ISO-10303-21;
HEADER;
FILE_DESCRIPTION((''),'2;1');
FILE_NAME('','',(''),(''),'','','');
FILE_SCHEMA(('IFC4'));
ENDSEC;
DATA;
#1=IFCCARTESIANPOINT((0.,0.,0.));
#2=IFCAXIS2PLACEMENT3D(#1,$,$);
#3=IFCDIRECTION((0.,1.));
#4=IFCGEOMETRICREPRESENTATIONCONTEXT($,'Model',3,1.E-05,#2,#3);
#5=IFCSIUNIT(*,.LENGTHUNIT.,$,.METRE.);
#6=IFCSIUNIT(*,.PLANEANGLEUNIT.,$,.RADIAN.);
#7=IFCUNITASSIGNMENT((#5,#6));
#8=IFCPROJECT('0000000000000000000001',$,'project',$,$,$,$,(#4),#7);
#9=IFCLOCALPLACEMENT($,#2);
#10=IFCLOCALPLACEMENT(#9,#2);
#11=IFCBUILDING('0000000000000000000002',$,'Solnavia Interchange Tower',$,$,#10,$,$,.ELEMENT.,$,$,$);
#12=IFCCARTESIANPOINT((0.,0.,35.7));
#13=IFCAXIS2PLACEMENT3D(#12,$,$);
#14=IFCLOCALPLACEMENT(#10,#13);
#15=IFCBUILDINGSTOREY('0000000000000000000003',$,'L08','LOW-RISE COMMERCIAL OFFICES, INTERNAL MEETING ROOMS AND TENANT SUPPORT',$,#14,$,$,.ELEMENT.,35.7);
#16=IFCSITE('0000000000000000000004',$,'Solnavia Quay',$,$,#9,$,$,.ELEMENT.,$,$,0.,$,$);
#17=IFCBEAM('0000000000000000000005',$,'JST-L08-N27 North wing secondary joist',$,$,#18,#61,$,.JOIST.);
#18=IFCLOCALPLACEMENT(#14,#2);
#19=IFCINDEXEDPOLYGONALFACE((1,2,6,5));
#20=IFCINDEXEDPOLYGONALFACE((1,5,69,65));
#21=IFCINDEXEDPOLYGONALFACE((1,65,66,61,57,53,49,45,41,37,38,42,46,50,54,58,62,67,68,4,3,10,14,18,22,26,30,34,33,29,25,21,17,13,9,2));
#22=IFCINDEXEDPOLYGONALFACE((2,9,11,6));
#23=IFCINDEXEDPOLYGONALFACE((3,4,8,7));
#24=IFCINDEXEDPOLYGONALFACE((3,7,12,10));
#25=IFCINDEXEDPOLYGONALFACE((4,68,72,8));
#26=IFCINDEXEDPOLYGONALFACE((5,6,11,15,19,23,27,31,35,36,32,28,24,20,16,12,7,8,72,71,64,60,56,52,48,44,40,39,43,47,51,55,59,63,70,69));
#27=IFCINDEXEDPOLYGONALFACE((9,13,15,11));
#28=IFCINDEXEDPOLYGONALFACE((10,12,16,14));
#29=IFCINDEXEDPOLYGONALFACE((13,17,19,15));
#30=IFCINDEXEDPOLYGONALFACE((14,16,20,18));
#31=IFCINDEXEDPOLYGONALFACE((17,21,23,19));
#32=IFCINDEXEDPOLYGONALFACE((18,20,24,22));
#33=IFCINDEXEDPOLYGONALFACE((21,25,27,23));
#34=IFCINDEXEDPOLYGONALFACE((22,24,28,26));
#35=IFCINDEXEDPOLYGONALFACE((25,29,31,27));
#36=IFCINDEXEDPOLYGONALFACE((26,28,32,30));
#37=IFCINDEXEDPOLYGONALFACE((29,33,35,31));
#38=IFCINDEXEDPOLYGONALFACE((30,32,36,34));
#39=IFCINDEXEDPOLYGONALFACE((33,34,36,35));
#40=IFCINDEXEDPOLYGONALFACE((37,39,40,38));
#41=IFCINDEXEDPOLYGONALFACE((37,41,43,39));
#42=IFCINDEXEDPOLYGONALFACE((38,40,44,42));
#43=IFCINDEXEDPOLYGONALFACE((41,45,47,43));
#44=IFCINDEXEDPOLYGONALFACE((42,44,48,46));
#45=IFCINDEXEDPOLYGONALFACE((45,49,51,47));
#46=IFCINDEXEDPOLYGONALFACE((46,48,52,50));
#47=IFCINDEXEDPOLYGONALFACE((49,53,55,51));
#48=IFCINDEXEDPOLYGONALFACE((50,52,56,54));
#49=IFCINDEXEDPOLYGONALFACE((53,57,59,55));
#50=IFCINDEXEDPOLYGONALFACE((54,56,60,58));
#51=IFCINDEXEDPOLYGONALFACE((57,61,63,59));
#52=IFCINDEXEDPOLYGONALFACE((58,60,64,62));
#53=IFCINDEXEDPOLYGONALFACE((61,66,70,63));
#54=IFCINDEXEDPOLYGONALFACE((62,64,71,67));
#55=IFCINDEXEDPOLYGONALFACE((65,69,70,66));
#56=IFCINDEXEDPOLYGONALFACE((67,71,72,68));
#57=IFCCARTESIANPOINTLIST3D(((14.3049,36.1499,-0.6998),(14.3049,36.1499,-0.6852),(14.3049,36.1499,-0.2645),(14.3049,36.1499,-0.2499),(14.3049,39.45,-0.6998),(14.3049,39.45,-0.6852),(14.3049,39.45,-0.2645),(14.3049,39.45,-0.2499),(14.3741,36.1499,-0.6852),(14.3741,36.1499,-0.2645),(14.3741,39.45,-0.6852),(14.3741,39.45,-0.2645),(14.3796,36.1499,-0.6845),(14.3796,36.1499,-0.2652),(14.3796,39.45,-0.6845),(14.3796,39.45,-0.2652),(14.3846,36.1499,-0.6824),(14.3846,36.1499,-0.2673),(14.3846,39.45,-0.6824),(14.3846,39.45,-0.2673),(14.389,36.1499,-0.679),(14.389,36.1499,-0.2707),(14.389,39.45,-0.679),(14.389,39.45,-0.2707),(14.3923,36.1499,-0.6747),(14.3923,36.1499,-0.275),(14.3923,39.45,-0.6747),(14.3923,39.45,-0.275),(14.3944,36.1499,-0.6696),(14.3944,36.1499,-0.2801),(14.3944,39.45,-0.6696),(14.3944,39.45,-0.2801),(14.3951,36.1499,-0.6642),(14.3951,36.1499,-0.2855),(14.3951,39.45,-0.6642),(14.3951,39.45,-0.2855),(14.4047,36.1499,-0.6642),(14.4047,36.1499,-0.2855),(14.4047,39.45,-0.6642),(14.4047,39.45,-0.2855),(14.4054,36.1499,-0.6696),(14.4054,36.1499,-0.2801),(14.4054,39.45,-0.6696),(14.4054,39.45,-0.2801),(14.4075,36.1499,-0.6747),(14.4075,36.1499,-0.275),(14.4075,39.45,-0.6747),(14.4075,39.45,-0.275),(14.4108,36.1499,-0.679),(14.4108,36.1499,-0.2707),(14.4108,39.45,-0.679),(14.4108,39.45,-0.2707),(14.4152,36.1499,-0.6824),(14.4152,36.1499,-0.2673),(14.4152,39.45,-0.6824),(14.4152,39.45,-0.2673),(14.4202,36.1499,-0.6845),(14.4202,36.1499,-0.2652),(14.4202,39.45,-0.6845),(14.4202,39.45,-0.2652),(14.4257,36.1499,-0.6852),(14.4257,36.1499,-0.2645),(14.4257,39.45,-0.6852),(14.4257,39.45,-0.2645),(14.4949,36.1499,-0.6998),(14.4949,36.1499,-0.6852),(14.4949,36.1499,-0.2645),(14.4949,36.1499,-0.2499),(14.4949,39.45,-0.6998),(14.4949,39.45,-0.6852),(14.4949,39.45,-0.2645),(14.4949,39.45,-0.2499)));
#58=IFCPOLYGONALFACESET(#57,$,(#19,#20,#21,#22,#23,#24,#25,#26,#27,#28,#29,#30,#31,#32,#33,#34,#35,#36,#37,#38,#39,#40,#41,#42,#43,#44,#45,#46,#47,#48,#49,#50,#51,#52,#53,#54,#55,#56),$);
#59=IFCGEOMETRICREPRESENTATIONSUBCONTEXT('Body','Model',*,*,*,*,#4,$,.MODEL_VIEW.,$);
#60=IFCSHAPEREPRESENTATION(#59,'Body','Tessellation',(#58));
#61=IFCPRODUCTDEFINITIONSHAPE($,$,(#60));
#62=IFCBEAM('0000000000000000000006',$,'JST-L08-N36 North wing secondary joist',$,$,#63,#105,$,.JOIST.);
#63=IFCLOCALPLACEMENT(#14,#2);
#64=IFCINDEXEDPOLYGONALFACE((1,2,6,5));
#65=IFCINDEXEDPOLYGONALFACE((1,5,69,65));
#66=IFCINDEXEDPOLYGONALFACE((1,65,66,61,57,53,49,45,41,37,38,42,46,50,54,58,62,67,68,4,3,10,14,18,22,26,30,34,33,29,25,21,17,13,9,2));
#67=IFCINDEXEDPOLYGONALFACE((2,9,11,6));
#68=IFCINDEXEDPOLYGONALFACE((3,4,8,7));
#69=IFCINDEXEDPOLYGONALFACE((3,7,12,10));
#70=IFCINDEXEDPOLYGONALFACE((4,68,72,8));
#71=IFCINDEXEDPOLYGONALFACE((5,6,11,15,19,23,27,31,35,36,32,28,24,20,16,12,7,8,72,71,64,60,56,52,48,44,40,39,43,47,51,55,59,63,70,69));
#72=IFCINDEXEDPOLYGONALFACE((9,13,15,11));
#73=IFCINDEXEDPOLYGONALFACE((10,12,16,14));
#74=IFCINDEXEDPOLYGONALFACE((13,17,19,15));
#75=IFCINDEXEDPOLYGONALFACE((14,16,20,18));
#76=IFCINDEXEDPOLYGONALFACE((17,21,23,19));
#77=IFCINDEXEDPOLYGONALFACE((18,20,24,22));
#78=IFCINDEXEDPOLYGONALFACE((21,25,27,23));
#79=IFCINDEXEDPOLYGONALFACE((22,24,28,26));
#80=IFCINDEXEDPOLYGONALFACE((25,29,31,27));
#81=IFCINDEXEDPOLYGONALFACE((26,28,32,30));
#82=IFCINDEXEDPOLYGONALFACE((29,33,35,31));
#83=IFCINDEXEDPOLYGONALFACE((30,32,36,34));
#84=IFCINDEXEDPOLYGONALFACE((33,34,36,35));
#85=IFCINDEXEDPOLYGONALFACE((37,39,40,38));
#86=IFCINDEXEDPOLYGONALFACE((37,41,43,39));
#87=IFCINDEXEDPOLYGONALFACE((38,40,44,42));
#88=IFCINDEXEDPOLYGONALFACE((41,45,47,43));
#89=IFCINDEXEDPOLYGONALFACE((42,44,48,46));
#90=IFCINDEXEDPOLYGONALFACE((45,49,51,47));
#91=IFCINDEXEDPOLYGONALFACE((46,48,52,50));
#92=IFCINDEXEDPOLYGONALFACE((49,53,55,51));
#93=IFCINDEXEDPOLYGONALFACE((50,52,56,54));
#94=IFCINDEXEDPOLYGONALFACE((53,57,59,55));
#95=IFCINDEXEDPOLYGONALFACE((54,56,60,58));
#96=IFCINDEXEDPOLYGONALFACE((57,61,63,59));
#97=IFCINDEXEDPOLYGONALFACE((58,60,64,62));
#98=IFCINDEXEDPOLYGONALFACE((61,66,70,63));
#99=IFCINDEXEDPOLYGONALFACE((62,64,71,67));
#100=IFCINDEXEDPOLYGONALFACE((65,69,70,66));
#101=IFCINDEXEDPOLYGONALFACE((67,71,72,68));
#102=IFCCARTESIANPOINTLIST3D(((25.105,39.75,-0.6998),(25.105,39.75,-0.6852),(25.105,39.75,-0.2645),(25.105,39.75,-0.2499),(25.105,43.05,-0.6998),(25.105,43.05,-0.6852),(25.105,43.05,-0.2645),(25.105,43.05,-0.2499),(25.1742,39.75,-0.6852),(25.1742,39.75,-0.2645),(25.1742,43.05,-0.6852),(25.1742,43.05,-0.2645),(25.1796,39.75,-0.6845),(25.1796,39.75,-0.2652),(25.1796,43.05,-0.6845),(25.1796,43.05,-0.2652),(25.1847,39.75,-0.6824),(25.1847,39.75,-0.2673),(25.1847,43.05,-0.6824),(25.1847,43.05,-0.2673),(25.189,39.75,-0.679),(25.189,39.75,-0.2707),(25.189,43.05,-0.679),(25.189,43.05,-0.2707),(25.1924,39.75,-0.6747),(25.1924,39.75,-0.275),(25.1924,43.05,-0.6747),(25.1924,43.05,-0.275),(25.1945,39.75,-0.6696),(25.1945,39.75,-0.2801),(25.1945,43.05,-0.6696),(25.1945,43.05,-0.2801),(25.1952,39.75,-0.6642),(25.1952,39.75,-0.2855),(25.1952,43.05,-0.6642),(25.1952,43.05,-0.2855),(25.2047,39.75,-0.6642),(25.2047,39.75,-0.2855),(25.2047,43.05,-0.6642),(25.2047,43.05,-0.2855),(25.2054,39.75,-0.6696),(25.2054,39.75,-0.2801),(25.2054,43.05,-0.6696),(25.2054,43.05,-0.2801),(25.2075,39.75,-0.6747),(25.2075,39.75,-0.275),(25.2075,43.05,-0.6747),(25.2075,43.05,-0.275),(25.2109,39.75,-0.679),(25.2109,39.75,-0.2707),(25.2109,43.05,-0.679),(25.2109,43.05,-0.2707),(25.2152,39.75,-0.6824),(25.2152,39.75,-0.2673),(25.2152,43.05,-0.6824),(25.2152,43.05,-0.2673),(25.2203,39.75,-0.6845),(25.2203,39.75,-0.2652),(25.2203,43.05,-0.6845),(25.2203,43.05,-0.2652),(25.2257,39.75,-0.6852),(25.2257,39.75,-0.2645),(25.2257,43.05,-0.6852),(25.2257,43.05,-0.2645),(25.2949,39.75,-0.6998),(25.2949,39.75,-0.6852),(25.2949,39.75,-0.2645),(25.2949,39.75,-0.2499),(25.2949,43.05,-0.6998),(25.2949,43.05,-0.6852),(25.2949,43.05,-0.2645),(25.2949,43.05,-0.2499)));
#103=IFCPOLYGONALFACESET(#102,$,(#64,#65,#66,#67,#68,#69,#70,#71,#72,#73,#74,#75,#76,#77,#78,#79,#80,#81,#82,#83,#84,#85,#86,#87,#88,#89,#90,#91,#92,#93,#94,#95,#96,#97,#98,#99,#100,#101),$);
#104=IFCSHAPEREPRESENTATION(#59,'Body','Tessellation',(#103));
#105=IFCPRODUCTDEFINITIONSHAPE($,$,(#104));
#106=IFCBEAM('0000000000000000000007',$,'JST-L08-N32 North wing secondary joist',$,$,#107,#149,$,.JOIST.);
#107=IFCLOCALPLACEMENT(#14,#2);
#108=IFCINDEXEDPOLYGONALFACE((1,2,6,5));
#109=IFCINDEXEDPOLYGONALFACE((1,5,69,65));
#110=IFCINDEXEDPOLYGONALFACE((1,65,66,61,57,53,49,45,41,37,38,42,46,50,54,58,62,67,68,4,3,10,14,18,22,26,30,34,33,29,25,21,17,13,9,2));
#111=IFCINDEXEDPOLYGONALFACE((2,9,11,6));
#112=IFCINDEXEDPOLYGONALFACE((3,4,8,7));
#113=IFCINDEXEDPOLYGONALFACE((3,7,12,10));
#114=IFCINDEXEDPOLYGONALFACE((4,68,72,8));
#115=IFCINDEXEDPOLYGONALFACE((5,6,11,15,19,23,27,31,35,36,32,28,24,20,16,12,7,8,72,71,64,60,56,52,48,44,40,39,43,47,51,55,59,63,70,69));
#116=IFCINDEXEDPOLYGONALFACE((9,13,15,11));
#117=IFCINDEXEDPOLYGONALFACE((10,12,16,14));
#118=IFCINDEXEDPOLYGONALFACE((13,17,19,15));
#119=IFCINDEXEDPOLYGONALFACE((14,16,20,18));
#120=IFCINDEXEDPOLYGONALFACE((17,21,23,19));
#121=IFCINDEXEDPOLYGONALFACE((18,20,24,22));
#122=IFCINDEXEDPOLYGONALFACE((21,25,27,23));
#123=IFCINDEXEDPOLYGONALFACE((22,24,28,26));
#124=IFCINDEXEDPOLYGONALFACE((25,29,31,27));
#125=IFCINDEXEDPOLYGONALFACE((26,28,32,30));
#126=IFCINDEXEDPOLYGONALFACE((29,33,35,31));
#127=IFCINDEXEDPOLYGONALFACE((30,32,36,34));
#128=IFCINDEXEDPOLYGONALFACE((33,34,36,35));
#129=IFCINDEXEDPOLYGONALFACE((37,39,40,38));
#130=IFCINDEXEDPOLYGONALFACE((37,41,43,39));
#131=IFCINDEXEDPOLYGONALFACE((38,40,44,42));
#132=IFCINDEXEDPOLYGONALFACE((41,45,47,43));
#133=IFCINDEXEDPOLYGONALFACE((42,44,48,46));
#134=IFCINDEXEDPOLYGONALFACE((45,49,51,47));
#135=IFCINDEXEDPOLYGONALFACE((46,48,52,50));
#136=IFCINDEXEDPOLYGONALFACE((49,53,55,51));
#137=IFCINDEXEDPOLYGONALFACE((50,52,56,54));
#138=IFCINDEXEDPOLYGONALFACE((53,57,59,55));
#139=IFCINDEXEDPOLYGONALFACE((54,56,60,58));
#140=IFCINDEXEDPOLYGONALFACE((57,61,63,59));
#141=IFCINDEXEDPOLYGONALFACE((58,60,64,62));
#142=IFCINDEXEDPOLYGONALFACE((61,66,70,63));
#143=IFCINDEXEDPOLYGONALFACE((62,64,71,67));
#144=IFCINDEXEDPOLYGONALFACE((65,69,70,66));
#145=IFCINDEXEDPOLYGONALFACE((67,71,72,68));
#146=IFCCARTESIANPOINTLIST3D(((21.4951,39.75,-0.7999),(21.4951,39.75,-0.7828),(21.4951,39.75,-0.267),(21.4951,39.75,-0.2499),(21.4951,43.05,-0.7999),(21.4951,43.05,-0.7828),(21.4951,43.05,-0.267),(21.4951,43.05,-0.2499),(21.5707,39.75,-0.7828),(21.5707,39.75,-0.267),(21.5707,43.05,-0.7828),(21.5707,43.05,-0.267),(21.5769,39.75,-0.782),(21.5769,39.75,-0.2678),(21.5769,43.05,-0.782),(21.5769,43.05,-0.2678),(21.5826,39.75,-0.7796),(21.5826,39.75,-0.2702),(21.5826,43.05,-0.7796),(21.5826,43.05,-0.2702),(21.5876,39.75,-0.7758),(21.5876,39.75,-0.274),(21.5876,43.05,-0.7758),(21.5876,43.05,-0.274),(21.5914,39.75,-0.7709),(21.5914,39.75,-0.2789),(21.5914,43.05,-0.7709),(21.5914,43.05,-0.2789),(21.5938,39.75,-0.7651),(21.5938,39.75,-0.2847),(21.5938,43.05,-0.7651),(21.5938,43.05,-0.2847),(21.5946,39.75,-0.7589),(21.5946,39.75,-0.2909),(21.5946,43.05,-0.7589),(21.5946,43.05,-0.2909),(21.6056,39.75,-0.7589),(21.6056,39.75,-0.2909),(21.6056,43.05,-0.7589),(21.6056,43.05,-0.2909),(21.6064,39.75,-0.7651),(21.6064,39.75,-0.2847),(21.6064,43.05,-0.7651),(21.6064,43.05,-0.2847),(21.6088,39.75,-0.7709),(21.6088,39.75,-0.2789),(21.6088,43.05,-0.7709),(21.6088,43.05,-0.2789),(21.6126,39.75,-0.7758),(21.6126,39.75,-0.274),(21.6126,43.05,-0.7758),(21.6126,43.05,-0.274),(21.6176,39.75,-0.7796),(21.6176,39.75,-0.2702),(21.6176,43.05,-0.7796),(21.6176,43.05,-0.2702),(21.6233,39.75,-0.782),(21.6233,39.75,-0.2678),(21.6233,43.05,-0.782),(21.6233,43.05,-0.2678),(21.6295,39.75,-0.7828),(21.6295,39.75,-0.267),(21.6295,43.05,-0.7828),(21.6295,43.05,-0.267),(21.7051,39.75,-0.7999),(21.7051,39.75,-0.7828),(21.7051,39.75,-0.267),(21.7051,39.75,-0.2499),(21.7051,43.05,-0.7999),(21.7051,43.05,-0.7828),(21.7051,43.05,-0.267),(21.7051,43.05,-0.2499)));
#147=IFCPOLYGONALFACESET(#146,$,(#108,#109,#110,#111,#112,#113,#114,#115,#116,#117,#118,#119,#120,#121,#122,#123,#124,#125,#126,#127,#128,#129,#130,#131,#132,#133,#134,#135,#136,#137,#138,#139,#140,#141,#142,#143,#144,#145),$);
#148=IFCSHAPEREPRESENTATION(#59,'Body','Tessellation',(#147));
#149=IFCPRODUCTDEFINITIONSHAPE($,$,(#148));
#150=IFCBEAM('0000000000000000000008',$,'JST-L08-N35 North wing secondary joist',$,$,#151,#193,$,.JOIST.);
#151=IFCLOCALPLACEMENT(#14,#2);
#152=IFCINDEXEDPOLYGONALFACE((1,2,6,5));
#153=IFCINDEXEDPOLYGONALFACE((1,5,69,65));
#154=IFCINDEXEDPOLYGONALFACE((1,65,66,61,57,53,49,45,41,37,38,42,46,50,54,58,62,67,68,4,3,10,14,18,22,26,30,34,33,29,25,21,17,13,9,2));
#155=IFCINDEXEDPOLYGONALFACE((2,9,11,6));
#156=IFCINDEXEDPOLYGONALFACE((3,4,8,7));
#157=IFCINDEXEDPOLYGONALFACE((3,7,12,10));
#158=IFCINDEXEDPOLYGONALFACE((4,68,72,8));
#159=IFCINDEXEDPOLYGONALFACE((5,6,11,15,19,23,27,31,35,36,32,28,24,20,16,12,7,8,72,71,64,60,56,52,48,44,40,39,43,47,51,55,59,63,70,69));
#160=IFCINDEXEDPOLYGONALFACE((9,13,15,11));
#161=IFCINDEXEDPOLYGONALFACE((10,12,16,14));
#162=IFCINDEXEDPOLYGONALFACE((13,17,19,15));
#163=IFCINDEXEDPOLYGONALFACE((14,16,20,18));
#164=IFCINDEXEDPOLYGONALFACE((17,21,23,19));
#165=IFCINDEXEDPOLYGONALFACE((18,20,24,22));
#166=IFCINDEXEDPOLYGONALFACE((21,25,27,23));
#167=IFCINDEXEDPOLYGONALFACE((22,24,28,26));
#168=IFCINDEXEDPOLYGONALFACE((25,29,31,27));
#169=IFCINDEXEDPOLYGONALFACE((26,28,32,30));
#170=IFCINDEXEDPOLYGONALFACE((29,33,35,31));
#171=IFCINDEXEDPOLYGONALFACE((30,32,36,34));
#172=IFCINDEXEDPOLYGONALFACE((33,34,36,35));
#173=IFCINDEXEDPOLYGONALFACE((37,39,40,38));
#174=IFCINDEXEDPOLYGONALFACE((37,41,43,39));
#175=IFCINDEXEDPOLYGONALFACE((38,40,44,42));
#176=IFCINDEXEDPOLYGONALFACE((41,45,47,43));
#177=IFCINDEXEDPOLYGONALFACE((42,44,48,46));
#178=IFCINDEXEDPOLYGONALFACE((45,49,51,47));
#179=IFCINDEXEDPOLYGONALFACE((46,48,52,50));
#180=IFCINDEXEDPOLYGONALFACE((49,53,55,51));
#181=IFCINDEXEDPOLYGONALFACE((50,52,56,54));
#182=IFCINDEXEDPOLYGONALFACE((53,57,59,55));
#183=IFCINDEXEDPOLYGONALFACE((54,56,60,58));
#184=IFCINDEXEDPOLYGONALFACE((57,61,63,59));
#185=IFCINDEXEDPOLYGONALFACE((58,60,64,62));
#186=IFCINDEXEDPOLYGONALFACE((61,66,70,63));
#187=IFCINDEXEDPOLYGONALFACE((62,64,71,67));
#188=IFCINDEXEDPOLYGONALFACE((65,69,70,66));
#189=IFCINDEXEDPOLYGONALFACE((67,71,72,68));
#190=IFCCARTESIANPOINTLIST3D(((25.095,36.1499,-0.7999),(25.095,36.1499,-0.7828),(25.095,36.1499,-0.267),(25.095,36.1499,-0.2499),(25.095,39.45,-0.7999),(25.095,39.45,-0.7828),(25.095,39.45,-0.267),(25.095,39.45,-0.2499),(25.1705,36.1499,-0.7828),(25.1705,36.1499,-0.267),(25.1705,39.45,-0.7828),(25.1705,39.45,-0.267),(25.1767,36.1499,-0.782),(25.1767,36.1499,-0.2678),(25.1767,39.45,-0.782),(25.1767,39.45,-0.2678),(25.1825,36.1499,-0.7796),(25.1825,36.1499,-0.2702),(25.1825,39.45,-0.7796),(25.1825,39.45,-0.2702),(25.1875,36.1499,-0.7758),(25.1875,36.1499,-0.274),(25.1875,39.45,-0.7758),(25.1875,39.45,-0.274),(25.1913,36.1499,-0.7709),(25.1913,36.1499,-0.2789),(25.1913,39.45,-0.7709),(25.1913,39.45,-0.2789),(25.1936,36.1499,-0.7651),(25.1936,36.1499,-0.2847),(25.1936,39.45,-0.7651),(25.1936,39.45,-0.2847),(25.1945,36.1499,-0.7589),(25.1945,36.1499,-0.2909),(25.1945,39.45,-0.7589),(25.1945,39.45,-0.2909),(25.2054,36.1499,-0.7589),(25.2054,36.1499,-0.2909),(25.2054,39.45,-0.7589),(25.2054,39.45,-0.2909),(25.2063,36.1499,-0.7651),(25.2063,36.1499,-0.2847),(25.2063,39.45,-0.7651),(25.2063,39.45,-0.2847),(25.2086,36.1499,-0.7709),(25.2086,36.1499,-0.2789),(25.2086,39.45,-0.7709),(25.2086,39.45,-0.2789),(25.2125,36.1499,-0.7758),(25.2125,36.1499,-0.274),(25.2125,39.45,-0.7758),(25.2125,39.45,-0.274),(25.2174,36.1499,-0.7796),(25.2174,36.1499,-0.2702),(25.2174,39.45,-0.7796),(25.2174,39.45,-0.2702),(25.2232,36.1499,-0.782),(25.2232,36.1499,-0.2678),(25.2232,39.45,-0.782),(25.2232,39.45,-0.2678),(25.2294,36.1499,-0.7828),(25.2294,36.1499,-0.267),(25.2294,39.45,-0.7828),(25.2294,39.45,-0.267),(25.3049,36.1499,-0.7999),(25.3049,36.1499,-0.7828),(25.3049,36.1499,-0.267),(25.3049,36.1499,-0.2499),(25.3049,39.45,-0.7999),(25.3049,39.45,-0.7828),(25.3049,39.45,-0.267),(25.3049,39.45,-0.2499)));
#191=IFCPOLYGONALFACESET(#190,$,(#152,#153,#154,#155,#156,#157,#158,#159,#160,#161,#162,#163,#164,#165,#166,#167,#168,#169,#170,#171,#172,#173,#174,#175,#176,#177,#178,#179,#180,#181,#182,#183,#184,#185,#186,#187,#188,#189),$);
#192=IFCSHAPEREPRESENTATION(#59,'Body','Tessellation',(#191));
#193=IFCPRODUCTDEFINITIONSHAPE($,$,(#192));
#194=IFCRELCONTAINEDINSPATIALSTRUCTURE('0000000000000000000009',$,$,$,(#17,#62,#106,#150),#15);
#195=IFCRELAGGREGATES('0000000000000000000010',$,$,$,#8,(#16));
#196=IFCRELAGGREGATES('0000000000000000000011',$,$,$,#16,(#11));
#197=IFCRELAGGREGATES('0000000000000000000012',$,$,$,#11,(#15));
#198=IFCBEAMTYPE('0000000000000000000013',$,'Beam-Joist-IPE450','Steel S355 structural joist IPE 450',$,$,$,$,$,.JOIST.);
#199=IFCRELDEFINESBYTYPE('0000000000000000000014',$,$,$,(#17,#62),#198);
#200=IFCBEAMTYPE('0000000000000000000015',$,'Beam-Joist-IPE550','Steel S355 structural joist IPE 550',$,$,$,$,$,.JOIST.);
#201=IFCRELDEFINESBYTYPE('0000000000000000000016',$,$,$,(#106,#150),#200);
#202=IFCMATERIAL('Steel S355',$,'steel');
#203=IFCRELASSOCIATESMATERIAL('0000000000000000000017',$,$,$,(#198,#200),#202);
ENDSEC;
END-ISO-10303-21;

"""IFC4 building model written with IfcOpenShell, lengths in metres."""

from ifc_helpers import new_model, si_unit, direction, frame, origin, origin_2d, place, context, subcontext, project, spatial, i_section, extrude, material, material_profile, profile_set, type_object, element, save


model = new_model("IFC4")

# Units and contexts
model_context = context("Model", 3, precision=1e-05, world=origin(), true_north=direction((0.0, 1.0)))
body_context = subcontext(model_context, "Body", "Model", "MODEL_VIEW")
ifc_project = project(units=[si_unit("LENGTHUNIT", "METRE"), si_unit("PLANEANGLEUNIT", "RADIAN")], contexts=[model_context])

# Site, building, storey
site_placement = place(None, origin())
site = spatial("IfcSite", under=ifc_project, at=site_placement, Name="Solnavia Quay", CompositionType="ELEMENT", RefElevation=0.0)
building_placement = place(site_placement, origin())
building = spatial("IfcBuilding", under=site, at=building_placement, Name="Solnavia Interchange Tower", CompositionType="ELEMENT")
storey_placement = place(building_placement, frame((0.0, 0.0, 35.7)))
storey = spatial("IfcBuildingStorey", under=building, at=storey_placement, Name="L08", Description="LOW-RISE COMMERCIAL OFFICES, INTERNAL MEETING ROOMS AND TENANT SUPPORT", CompositionType="ELEMENT", Elevation=35.7)

# Shared definitions
ifc_material_1 = material(Name="Steel S355", Category="steel")

# Beams
ifc_material_profile_1 = material_profile(ifc_material_1, i_section(OverallWidth=0.1899, OverallDepth=0.45, WebThickness=0.0095, FlangeThickness=0.0146, FilletRadius=0.021, at=origin_2d()), Name="IPE 450")
ifc_profile_set_1 = profile_set([ifc_material_profile_1], Name="Steel S355")
beam_type_1 = type_object("IfcBeamType", Name="Beam-Joist-IPE450", Description="Steel S355 structural joist IPE 450", PredefinedType="JOIST", material=ifc_profile_set_1)
for number, where, z_axis, x_axis, name in (
    (1, (14.3999, 36.1499, -0.4749), (0.0, 1.0, 0.0), (-1.0, 0.0, 0.0), "JST-L08-N27 North wing secondary joist"),
    (2, (25.2, 39.75, -0.4749), (0.0, 1.0, 0.0), (-1.0, 0.0, 0.0), "JST-L08-N36 North wing secondary joist"),
):
    element("IfcBeam", number, at=place(storey_placement, frame(where, z_axis=z_axis, x_axis=x_axis)), inside=storey, type_object=beam_type_1, Name=name, PredefinedType="JOIST", context=body_context, shape_type="SweptSolid", body=[
        extrude(i_section(OverallWidth=0.1899, OverallDepth=0.45, WebThickness=0.0095, FlangeThickness=0.0146, FilletRadius=0.021, at=origin_2d()), origin(), (0.0, 0.0, 1.0), 3.3),
    ])
ifc_material_profile_2 = material_profile(ifc_material_1, i_section(OverallWidth=0.21, OverallDepth=0.55, WebThickness=0.011, FlangeThickness=0.0171, FilletRadius=0.0239, at=origin_2d()), Name="IPE 550")
ifc_profile_set_2 = profile_set([ifc_material_profile_2], Name="Steel S355")
beam_type_2 = type_object("IfcBeamType", Name="Beam-Joist-IPE550", Description="Steel S355 structural joist IPE 550", PredefinedType="JOIST", material=ifc_profile_set_2)
for number, where, z_axis, x_axis, name in (
    (3, (21.6001, 39.75, -0.5249), (0.0, 1.0, 0.0), (-1.0, 0.0, 0.0), "JST-L08-N32 North wing secondary joist"),
    (4, (25.2, 36.1499, -0.5249), (0.0, 1.0, 0.0), (-1.0, 0.0, 0.0), "JST-L08-N35 North wing secondary joist"),
):
    element("IfcBeam", number, at=place(storey_placement, frame(where, z_axis=z_axis, x_axis=x_axis)), inside=storey, type_object=beam_type_2, Name=name, PredefinedType="JOIST", context=body_context, shape_type="SweptSolid", body=[
        extrude(i_section(OverallWidth=0.21, OverallDepth=0.55, WebThickness=0.011, FlangeThickness=0.0171, FilletRadius=0.0239, at=origin_2d()), origin(), (0.0, 0.0, 1.0), 3.3),
    ])

save(model, "model.ifc")
